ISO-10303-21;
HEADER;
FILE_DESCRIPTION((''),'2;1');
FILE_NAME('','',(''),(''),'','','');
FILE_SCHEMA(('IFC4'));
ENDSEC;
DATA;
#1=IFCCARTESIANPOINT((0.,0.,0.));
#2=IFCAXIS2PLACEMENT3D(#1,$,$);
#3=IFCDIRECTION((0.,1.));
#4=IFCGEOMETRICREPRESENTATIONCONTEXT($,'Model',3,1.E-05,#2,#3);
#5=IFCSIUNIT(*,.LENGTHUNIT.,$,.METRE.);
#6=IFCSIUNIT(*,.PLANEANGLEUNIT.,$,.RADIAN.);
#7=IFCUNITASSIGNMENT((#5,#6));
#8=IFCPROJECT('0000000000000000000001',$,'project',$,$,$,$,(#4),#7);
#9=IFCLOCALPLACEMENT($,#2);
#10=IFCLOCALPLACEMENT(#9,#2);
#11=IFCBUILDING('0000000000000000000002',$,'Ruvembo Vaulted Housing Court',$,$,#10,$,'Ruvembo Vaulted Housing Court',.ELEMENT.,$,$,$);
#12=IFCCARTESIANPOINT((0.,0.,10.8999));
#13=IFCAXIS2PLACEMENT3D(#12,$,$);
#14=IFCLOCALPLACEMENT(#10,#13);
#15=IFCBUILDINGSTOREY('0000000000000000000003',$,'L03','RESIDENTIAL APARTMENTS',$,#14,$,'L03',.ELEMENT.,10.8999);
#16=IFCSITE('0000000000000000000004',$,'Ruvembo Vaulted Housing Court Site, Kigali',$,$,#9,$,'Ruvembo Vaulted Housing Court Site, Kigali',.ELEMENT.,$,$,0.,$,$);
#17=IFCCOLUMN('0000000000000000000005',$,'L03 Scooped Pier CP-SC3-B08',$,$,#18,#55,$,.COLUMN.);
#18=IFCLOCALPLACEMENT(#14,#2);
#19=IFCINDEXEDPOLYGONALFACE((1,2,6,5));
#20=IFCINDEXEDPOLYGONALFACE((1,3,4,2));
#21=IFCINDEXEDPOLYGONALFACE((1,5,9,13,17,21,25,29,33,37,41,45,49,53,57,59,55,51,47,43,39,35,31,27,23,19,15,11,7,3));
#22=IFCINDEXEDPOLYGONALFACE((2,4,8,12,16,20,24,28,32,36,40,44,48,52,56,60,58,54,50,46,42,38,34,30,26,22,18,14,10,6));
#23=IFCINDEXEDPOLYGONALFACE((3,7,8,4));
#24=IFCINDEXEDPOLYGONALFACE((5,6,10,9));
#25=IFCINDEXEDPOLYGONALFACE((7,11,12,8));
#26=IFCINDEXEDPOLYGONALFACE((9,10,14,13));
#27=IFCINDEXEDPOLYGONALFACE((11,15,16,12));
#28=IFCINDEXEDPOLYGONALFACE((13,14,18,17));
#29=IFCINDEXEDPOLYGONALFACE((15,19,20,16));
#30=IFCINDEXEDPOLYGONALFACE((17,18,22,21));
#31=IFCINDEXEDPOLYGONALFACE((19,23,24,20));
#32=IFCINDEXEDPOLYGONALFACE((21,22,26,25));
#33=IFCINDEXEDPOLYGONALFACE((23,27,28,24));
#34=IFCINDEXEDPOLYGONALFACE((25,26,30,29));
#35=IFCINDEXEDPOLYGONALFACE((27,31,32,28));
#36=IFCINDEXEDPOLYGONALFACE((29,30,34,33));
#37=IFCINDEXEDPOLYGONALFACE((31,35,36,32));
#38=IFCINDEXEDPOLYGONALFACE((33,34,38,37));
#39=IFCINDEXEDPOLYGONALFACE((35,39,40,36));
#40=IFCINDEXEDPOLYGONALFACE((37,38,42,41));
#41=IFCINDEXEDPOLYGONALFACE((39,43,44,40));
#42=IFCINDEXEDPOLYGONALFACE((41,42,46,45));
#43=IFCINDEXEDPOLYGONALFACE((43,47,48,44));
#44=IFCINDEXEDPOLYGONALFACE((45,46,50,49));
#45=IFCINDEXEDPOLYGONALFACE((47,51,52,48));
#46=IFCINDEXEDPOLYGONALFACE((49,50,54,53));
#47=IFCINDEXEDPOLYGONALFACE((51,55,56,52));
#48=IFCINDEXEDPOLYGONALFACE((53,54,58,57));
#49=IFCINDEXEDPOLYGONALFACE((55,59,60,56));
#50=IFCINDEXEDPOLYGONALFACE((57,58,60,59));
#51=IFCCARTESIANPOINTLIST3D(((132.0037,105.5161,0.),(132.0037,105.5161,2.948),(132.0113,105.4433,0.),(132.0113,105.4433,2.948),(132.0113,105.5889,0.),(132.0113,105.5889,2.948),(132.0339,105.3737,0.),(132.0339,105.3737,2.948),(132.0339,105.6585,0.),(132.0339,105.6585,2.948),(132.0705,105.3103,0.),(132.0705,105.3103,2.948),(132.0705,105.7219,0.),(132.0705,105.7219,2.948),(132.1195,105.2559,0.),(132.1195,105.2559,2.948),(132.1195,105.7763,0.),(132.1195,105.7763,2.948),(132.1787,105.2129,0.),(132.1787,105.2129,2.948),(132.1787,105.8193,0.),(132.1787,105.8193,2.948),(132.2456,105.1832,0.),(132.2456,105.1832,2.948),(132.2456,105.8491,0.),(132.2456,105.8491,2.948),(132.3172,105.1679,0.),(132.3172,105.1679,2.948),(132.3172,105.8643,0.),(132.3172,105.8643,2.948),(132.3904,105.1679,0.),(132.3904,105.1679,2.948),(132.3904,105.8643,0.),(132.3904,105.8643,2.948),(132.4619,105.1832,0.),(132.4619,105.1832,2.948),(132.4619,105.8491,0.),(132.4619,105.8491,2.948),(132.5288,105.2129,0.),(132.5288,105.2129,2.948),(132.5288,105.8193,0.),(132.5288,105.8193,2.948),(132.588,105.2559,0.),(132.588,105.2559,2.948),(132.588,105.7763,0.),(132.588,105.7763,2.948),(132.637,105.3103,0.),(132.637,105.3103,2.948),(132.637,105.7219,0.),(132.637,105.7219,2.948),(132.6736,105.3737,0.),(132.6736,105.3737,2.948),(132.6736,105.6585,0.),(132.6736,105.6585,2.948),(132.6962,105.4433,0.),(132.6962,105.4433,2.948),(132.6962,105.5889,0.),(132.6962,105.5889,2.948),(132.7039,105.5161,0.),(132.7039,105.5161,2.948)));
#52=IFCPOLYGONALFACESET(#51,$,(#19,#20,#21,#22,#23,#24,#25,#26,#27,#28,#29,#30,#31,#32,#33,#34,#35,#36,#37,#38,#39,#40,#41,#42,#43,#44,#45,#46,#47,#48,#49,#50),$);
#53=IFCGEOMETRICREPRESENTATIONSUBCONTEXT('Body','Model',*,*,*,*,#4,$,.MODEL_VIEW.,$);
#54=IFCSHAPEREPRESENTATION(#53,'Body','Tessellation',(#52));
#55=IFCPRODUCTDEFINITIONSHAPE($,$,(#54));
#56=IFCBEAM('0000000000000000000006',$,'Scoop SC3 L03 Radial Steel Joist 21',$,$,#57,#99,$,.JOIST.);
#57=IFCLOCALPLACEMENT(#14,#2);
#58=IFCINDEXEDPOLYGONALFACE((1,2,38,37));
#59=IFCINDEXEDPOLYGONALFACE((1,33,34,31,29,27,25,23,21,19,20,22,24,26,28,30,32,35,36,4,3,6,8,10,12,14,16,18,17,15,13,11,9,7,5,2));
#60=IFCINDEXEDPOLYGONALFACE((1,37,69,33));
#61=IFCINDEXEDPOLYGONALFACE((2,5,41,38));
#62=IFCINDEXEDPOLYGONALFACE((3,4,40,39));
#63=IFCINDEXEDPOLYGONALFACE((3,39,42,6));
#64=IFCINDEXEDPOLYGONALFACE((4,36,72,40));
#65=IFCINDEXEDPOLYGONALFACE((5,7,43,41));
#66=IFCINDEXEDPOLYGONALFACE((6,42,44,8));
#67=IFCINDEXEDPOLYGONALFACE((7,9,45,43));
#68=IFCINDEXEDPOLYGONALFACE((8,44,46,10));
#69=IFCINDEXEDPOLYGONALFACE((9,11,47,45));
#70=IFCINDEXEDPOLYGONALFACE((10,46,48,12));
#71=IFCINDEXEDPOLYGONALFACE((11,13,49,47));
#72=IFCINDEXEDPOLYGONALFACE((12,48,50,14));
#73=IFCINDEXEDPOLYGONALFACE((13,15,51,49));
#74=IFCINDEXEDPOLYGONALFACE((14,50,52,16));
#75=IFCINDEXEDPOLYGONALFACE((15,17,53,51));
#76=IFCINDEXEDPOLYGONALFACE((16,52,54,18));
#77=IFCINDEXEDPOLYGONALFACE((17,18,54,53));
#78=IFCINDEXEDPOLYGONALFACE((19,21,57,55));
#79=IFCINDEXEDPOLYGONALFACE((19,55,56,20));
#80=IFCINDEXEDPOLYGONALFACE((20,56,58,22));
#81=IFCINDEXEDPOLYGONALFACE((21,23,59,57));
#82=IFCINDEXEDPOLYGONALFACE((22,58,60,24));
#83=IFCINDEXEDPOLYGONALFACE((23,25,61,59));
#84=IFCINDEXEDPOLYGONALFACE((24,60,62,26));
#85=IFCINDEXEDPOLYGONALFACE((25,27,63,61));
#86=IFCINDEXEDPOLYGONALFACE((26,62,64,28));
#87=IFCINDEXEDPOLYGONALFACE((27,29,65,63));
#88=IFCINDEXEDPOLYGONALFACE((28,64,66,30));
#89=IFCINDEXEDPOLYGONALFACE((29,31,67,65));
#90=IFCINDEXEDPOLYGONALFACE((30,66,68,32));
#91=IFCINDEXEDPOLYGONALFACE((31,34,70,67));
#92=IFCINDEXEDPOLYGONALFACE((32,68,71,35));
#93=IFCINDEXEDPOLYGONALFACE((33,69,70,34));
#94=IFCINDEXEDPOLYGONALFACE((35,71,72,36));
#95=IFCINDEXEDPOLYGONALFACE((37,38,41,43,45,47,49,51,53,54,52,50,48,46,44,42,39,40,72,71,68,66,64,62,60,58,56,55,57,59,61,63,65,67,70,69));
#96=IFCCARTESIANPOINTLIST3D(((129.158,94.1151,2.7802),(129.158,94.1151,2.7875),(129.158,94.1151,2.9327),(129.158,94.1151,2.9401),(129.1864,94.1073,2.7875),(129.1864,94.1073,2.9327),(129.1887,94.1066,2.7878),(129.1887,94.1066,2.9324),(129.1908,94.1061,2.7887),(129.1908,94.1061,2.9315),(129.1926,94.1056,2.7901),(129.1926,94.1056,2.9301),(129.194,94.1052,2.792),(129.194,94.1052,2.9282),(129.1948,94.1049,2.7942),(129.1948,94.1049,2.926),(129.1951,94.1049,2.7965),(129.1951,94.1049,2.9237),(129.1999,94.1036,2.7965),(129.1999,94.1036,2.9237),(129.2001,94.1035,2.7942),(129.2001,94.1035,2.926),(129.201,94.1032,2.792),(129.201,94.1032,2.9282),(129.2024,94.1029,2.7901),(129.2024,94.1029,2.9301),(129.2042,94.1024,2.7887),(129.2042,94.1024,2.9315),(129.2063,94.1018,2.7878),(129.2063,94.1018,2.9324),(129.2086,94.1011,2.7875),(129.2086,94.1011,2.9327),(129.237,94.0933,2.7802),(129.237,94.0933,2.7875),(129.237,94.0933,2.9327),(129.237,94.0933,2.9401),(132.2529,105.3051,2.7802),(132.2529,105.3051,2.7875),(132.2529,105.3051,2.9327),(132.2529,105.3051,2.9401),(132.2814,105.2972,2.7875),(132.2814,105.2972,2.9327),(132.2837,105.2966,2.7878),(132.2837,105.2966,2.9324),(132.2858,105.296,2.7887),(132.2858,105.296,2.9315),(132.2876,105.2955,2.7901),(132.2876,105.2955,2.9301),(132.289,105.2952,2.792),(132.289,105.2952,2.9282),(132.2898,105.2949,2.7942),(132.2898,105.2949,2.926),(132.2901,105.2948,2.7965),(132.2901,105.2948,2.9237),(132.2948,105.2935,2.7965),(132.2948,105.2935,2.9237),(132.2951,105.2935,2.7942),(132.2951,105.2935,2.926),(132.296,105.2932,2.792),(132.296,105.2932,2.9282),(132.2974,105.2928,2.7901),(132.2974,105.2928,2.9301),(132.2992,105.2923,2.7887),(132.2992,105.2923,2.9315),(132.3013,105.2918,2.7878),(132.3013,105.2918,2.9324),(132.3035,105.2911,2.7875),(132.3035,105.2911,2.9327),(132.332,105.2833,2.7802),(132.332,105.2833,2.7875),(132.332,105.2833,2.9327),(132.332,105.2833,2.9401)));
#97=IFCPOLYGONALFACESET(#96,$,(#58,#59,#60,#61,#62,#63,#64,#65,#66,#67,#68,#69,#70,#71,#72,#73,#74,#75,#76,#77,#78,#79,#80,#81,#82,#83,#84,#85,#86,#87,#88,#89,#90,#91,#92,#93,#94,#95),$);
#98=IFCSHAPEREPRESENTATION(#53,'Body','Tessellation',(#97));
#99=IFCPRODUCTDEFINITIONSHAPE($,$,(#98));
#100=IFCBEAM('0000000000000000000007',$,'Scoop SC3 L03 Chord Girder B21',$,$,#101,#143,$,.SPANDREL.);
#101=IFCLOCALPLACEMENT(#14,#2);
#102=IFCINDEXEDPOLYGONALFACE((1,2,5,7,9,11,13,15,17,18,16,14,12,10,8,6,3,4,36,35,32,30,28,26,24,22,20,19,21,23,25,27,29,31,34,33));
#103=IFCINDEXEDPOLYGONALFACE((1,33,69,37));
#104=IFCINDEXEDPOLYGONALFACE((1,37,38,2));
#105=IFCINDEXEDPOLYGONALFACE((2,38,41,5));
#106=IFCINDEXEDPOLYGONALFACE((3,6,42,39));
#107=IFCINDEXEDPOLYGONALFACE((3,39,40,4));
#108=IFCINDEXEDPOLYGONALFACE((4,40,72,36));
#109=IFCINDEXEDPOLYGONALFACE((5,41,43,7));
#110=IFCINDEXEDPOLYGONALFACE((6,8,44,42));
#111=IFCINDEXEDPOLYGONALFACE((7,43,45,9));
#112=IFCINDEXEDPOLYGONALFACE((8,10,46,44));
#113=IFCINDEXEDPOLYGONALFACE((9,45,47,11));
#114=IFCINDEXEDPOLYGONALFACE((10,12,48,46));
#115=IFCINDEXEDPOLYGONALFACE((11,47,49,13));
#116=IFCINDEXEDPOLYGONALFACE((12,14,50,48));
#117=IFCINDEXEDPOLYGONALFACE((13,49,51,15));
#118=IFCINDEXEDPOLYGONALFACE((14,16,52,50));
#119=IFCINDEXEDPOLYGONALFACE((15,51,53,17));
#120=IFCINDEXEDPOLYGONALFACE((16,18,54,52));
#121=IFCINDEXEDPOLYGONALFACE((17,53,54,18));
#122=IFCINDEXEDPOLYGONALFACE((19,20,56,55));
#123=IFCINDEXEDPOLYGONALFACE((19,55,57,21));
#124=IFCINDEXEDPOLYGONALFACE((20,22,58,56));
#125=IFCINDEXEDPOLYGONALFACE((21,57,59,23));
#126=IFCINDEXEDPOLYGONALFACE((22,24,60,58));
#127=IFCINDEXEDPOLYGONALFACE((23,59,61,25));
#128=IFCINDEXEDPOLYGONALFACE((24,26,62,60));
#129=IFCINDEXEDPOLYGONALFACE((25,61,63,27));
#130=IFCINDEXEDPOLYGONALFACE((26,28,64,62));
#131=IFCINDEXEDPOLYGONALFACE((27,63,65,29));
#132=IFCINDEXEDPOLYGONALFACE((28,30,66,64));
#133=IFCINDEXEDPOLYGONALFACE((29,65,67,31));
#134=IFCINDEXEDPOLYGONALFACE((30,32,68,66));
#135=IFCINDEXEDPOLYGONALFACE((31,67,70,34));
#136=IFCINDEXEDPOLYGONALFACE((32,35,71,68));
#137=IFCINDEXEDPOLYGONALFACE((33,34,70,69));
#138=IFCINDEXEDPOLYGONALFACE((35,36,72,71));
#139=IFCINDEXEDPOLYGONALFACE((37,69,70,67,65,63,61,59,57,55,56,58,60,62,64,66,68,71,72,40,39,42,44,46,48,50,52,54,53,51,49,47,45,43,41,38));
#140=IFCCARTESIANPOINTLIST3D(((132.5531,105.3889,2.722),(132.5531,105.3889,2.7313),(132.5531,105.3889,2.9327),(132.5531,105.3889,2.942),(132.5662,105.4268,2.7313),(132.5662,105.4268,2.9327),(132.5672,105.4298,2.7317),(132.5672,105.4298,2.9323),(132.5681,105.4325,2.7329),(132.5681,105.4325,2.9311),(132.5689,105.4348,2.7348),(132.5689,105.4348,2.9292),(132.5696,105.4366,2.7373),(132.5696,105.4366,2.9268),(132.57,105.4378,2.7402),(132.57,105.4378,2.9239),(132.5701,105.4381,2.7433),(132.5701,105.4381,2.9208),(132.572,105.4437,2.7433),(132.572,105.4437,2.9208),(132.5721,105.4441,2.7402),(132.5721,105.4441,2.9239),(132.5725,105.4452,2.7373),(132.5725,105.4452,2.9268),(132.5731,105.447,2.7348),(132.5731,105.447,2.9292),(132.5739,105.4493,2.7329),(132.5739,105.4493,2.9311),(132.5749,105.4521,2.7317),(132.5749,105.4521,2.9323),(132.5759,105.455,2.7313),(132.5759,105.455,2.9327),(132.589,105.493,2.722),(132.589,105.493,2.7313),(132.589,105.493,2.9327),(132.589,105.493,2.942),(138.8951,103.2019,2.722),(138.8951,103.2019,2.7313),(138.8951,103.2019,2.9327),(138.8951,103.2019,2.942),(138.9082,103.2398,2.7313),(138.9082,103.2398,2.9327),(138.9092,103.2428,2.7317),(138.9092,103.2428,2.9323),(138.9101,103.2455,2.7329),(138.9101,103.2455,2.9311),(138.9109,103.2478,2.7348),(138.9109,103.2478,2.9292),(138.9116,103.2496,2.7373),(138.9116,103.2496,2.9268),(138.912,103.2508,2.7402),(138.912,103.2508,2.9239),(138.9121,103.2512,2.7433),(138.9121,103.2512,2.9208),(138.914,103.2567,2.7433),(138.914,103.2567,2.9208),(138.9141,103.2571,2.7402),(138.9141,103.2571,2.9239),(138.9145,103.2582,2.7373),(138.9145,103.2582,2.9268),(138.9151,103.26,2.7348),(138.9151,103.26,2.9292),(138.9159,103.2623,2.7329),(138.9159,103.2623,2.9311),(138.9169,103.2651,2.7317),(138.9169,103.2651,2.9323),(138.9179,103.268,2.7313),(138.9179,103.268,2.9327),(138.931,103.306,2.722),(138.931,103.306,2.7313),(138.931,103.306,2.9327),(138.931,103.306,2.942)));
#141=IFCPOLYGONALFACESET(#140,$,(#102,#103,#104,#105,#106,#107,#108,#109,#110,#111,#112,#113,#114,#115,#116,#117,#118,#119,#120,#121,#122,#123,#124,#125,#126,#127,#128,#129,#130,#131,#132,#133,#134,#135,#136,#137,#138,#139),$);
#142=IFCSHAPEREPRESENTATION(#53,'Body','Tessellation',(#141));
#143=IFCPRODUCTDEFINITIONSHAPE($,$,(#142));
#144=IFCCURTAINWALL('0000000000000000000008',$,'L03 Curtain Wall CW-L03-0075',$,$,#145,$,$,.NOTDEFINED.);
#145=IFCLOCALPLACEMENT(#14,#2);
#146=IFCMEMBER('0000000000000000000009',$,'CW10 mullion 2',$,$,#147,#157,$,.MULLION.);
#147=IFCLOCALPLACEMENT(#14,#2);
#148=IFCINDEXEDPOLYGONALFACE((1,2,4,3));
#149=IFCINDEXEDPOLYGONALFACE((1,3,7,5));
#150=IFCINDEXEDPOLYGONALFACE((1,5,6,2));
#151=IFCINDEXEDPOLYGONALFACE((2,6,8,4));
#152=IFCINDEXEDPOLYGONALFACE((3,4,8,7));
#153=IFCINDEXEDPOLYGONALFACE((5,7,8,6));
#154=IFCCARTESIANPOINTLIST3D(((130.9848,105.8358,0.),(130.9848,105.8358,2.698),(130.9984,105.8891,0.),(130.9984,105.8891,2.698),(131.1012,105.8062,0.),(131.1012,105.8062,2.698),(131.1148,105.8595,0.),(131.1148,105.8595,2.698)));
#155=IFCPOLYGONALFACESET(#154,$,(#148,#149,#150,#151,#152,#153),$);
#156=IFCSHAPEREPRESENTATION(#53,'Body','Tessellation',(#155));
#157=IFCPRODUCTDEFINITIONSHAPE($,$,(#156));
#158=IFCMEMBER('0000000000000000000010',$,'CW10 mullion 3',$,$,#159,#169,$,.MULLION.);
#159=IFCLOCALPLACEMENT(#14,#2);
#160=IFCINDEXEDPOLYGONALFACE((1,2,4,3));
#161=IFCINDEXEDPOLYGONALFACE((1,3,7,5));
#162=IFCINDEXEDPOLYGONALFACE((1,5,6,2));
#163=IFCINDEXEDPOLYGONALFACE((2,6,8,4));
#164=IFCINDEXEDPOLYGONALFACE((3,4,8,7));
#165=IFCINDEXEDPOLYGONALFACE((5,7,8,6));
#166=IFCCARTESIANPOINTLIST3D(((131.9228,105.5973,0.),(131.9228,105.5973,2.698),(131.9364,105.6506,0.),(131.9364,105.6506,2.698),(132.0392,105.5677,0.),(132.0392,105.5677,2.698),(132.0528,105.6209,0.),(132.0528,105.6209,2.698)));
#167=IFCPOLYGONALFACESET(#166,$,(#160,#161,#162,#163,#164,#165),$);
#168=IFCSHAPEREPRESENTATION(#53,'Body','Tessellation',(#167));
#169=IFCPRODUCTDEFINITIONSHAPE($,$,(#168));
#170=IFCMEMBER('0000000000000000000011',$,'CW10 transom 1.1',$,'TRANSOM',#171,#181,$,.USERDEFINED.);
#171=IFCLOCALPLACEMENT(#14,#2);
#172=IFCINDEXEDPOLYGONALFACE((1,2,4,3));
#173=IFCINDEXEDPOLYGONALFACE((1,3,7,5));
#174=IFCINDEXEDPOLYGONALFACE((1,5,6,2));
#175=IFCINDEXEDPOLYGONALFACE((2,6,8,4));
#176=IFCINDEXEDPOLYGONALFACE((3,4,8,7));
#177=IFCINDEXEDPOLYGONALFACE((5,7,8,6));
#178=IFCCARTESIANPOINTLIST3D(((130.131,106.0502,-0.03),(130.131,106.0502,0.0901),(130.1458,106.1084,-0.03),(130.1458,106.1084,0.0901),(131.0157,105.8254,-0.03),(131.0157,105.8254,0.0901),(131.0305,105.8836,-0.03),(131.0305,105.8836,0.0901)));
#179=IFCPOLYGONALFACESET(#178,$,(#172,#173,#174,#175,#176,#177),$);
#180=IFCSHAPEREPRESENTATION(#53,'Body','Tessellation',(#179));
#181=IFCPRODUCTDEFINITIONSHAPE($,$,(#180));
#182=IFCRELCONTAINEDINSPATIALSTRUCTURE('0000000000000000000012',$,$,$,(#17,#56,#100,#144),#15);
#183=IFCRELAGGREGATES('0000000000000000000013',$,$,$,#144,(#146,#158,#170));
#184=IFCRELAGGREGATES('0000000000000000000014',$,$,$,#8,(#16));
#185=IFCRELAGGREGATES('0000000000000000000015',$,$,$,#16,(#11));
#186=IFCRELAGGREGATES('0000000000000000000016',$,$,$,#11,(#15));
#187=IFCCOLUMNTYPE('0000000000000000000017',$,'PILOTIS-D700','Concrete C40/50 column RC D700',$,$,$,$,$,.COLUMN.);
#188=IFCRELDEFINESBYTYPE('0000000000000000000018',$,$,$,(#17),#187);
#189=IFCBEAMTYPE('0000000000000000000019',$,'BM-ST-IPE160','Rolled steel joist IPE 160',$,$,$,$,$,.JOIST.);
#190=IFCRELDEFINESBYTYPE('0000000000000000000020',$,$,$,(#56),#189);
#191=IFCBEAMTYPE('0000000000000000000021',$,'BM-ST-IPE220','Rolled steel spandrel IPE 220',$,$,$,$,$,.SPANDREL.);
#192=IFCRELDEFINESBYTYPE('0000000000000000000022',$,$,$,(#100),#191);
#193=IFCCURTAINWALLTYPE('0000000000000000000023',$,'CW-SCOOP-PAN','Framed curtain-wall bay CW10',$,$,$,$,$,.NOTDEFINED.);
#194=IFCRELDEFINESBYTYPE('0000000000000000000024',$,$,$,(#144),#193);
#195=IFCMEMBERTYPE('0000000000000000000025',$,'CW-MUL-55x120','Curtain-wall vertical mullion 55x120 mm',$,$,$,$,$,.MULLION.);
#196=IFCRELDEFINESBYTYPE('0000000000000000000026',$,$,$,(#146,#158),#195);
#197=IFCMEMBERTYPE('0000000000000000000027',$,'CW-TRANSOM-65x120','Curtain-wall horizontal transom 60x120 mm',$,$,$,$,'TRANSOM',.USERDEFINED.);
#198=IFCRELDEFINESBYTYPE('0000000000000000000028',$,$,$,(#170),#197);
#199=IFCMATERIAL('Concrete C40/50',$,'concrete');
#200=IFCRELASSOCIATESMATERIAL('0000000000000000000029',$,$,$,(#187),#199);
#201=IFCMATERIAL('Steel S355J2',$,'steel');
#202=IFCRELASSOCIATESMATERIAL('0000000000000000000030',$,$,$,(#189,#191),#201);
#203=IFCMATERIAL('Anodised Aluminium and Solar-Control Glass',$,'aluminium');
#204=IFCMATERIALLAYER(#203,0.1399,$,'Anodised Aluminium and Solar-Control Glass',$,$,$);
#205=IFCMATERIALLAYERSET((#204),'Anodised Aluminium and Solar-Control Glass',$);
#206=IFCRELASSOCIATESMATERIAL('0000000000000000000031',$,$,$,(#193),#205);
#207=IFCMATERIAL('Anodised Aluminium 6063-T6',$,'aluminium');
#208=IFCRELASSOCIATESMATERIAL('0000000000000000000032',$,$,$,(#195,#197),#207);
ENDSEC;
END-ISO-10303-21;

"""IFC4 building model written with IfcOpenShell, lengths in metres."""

from ifc_helpers import new_model, si_unit, direction, frame, origin, origin_2d, place, context, subcontext, project, spatial, rectangle, circle, i_section, extrude, material, layer, layer_set, material_profile, profile_set, type_object, element, aggregate, save


model = new_model("IFC4")

# Units and contexts
model_context = context("Model", 3, precision=1e-05, world=origin(), true_north=direction((0.0, 1.0)))
body_context = subcontext(model_context, "Body", "Model", "MODEL_VIEW")
ifc_project = project(units=[si_unit("LENGTHUNIT", "METRE"), si_unit("PLANEANGLEUNIT", "RADIAN")], contexts=[model_context])

# Site, building, storey
site_placement = place(None, origin())
site = spatial("IfcSite", under=ifc_project, at=site_placement, Name="Ruvembo Vaulted Housing Court Site, Kigali", LongName="Ruvembo Vaulted Housing Court Site, Kigali", CompositionType="ELEMENT", RefElevation=0.0)
building_placement = place(site_placement, origin())
building = spatial("IfcBuilding", under=site, at=building_placement, Name="Ruvembo Vaulted Housing Court", LongName="Ruvembo Vaulted Housing Court", CompositionType="ELEMENT")
storey_placement = place(building_placement, frame((0.0, 0.0, 10.8999)))
storey = spatial("IfcBuildingStorey", under=building, at=storey_placement, Name="L03", Description="RESIDENTIAL APARTMENTS", LongName="L03", CompositionType="ELEMENT", Elevation=10.8999)

# Column
ifc_material_1 = material(Name="Concrete C40/50", Category="concrete")
ifc_material_profile_1 = material_profile(ifc_material_1, circle(Radius=0.3501, at=origin_2d()), Name="RC D700")
ifc_profile_set_1 = profile_set([ifc_material_profile_1], Name="Concrete C40/50")
column_type = type_object("IfcColumnType", Name="PILOTIS-D700", Description="Concrete C40/50 column RC D700", PredefinedType="COLUMN", material=ifc_profile_set_1)
column_placement = place(storey_placement, frame((132.3538, 105.5161, 0.0), z_axis=(0.0, 0.0, 1.0), x_axis=(1.0, 0.0, 0.0)))
element("IfcColumn", 1, at=column_placement, inside=storey, type_object=column_type, Name="L03 Scooped Pier CP-SC3-B08", PredefinedType="COLUMN", context=body_context, shape_type="SweptSolid", body=[
    extrude(circle(Radius=0.3501, at=origin_2d()), origin(), (0.0, 0.0, 1.0), 2.948),
])

# Beams
ifc_material_2 = material(Name="Steel S355J2", Category="steel")
ifc_material_profile_2 = material_profile(ifc_material_2, i_section(OverallWidth=0.082, OverallDepth=0.1599, WebThickness=0.0049, FlangeThickness=0.0073, FilletRadius=0.009, at=origin_2d()), Name="IPE 160")
ifc_profile_set_2 = profile_set([ifc_material_profile_2], Name="Steel S355J2")
beam_type_1 = type_object("IfcBeamType", Name="BM-ST-IPE160", Description="Rolled steel joist IPE 160", PredefinedType="JOIST", material=ifc_profile_set_2)
beam_1_placement = place(storey_placement, frame((132.2925, 105.2942, 2.8601), z_axis=(-0.266576, -0.963814, 0.0), x_axis=(0.963814, -0.266576, 0.0)))
element("IfcBeam", 2, at=beam_1_placement, inside=storey, type_object=beam_type_1, Name="Scoop SC3 L03 Radial Steel Joist 21", PredefinedType="JOIST", context=body_context, shape_type="SweptSolid", body=[
    extrude(i_section(OverallWidth=0.082, OverallDepth=0.1599, WebThickness=0.0049, FlangeThickness=0.0073, FilletRadius=0.009, at=origin_2d()), origin(), (0.0, 0.0, 1.0), 11.6101),
])
ifc_material_profile_3 = material_profile(ifc_material_2, i_section(OverallWidth=0.1101, OverallDepth=0.22, WebThickness=0.0059, FlangeThickness=0.0093, FilletRadius=0.012, at=origin_2d()), Name="IPE 220")
ifc_profile_set_3 = profile_set([ifc_material_profile_3], Name="Steel S355J2")
beam_type_2 = type_object("IfcBeamType", Name="BM-ST-IPE220", Description="Rolled steel spandrel IPE 220", PredefinedType="SPANDREL", material=ifc_profile_set_3)
beam_2_placement = place(storey_placement, frame((132.571, 105.4409, 2.832), z_axis=(0.945368, -0.326004, 0.0), x_axis=(0.326004, 0.945368, 0.0)))
element("IfcBeam", 3, at=beam_2_placement, inside=storey, type_object=beam_type_2, Name="Scoop SC3 L03 Chord Girder B21", PredefinedType="SPANDREL", context=body_context, shape_type="SweptSolid", body=[
    extrude(i_section(OverallWidth=0.1101, OverallDepth=0.22, WebThickness=0.0059, FlangeThickness=0.0093, FilletRadius=0.012, at=origin_2d()), origin(), (0.0, 0.0, 1.0), 6.7085),
])

# Curtain wall, members
ifc_material_3 = material(Name="Anodised Aluminium and Solar-Control Glass", Category="aluminium")
ifc_layer_1 = layer(ifc_material_3, 0.1399, Name="Anodised Aluminium and Solar-Control Glass")
ifc_layer_set_1 = layer_set([ifc_layer_1], Name="Anodised Aluminium and Solar-Control Glass")
curtain_wall_type = type_object("IfcCurtainWallType", Name="CW-SCOOP-PAN", Description="Framed curtain-wall bay CW10", PredefinedType="NOTDEFINED", material=ifc_layer_set_1)
curtain_wall_placement = place(storey_placement, origin())
curtain_wall = element("IfcCurtainWall", 4, at=curtain_wall_placement, inside=storey, type_object=curtain_wall_type, Name="L03 Curtain Wall CW-L03-0075", PredefinedType="NOTDEFINED")
ifc_material_4 = material(Name="Anodised Aluminium 6063-T6", Category="aluminium")
ifc_material_profile_4 = material_profile(ifc_material_4, rectangle(XDim=0.0549, YDim=0.1201, at=origin_2d()), Name="ALU 55x120")
ifc_profile_set_4 = profile_set([ifc_material_profile_4], Name="Anodised Aluminium 6063-T6")
member_type_1 = type_object("IfcMemberType", Name="CW-MUL-55x120", Description="Curtain-wall vertical mullion 55x120 mm", PredefinedType="MULLION", material=ifc_profile_set_4)
member_1_placement = place(storey_placement, frame((131.0498, 105.8477, 0.0), z_axis=(0.0, 0.0, 1.0), x_axis=(0.246481, 0.969148, 0.0)))
member_1 = element("IfcMember", 5, at=member_1_placement, type_object=member_type_1, Name="CW10 mullion 2", PredefinedType="MULLION", context=body_context, shape_type="SweptSolid", body=[
    extrude(rectangle(XDim=0.0549, YDim=0.1201, at=origin_2d()), origin(), (0.0, 0.0, 1.0), 2.698),
])
member_2_placement = place(storey_placement, frame((131.9878, 105.6091, 0.0), z_axis=(0.0, 0.0, 1.0), x_axis=(0.246481, 0.969148, 0.0)))
member_2 = element("IfcMember", 6, at=member_2_placement, type_object=member_type_1, Name="CW10 mullion 3", PredefinedType="MULLION", context=body_context, shape_type="SweptSolid", body=[
    extrude(rectangle(XDim=0.0549, YDim=0.1201, at=origin_2d()), origin(), (0.0, 0.0, 1.0), 2.698),
])
ifc_material_profile_5 = material_profile(ifc_material_4, rectangle(XDim=0.0601, YDim=0.1201, at=origin_2d()), Name="ALU 60x120")
ifc_profile_set_5 = profile_set([ifc_material_profile_5], Name="Anodised Aluminium 6063-T6")
member_type_2 = type_object("IfcMemberType", Name="CW-TRANSOM-65x120", Description="Curtain-wall horizontal transom 60x120 mm", ElementType="TRANSOM", PredefinedType="USERDEFINED", material=ifc_profile_set_5)
member_3_placement = place(storey_placement, frame((130.1384, 106.0793, 0.03), z_axis=(0.969191, -0.246309, 0.0), x_axis=(0.246309, 0.969191, 0.0)))
member_3 = element("IfcMember", 7, at=member_3_placement, type_object=member_type_2, Name="CW10 transom 1.1", ObjectType="TRANSOM", PredefinedType="USERDEFINED", context=body_context, shape_type="SweptSolid", body=[
    extrude(rectangle(XDim=0.0601, YDim=0.1201, at=origin_2d()), origin(), (0.0, 0.0, 1.0), 0.9128),
])
aggregate(curtain_wall, [member_1, member_2, member_3])

save(model, "model.ifc")
